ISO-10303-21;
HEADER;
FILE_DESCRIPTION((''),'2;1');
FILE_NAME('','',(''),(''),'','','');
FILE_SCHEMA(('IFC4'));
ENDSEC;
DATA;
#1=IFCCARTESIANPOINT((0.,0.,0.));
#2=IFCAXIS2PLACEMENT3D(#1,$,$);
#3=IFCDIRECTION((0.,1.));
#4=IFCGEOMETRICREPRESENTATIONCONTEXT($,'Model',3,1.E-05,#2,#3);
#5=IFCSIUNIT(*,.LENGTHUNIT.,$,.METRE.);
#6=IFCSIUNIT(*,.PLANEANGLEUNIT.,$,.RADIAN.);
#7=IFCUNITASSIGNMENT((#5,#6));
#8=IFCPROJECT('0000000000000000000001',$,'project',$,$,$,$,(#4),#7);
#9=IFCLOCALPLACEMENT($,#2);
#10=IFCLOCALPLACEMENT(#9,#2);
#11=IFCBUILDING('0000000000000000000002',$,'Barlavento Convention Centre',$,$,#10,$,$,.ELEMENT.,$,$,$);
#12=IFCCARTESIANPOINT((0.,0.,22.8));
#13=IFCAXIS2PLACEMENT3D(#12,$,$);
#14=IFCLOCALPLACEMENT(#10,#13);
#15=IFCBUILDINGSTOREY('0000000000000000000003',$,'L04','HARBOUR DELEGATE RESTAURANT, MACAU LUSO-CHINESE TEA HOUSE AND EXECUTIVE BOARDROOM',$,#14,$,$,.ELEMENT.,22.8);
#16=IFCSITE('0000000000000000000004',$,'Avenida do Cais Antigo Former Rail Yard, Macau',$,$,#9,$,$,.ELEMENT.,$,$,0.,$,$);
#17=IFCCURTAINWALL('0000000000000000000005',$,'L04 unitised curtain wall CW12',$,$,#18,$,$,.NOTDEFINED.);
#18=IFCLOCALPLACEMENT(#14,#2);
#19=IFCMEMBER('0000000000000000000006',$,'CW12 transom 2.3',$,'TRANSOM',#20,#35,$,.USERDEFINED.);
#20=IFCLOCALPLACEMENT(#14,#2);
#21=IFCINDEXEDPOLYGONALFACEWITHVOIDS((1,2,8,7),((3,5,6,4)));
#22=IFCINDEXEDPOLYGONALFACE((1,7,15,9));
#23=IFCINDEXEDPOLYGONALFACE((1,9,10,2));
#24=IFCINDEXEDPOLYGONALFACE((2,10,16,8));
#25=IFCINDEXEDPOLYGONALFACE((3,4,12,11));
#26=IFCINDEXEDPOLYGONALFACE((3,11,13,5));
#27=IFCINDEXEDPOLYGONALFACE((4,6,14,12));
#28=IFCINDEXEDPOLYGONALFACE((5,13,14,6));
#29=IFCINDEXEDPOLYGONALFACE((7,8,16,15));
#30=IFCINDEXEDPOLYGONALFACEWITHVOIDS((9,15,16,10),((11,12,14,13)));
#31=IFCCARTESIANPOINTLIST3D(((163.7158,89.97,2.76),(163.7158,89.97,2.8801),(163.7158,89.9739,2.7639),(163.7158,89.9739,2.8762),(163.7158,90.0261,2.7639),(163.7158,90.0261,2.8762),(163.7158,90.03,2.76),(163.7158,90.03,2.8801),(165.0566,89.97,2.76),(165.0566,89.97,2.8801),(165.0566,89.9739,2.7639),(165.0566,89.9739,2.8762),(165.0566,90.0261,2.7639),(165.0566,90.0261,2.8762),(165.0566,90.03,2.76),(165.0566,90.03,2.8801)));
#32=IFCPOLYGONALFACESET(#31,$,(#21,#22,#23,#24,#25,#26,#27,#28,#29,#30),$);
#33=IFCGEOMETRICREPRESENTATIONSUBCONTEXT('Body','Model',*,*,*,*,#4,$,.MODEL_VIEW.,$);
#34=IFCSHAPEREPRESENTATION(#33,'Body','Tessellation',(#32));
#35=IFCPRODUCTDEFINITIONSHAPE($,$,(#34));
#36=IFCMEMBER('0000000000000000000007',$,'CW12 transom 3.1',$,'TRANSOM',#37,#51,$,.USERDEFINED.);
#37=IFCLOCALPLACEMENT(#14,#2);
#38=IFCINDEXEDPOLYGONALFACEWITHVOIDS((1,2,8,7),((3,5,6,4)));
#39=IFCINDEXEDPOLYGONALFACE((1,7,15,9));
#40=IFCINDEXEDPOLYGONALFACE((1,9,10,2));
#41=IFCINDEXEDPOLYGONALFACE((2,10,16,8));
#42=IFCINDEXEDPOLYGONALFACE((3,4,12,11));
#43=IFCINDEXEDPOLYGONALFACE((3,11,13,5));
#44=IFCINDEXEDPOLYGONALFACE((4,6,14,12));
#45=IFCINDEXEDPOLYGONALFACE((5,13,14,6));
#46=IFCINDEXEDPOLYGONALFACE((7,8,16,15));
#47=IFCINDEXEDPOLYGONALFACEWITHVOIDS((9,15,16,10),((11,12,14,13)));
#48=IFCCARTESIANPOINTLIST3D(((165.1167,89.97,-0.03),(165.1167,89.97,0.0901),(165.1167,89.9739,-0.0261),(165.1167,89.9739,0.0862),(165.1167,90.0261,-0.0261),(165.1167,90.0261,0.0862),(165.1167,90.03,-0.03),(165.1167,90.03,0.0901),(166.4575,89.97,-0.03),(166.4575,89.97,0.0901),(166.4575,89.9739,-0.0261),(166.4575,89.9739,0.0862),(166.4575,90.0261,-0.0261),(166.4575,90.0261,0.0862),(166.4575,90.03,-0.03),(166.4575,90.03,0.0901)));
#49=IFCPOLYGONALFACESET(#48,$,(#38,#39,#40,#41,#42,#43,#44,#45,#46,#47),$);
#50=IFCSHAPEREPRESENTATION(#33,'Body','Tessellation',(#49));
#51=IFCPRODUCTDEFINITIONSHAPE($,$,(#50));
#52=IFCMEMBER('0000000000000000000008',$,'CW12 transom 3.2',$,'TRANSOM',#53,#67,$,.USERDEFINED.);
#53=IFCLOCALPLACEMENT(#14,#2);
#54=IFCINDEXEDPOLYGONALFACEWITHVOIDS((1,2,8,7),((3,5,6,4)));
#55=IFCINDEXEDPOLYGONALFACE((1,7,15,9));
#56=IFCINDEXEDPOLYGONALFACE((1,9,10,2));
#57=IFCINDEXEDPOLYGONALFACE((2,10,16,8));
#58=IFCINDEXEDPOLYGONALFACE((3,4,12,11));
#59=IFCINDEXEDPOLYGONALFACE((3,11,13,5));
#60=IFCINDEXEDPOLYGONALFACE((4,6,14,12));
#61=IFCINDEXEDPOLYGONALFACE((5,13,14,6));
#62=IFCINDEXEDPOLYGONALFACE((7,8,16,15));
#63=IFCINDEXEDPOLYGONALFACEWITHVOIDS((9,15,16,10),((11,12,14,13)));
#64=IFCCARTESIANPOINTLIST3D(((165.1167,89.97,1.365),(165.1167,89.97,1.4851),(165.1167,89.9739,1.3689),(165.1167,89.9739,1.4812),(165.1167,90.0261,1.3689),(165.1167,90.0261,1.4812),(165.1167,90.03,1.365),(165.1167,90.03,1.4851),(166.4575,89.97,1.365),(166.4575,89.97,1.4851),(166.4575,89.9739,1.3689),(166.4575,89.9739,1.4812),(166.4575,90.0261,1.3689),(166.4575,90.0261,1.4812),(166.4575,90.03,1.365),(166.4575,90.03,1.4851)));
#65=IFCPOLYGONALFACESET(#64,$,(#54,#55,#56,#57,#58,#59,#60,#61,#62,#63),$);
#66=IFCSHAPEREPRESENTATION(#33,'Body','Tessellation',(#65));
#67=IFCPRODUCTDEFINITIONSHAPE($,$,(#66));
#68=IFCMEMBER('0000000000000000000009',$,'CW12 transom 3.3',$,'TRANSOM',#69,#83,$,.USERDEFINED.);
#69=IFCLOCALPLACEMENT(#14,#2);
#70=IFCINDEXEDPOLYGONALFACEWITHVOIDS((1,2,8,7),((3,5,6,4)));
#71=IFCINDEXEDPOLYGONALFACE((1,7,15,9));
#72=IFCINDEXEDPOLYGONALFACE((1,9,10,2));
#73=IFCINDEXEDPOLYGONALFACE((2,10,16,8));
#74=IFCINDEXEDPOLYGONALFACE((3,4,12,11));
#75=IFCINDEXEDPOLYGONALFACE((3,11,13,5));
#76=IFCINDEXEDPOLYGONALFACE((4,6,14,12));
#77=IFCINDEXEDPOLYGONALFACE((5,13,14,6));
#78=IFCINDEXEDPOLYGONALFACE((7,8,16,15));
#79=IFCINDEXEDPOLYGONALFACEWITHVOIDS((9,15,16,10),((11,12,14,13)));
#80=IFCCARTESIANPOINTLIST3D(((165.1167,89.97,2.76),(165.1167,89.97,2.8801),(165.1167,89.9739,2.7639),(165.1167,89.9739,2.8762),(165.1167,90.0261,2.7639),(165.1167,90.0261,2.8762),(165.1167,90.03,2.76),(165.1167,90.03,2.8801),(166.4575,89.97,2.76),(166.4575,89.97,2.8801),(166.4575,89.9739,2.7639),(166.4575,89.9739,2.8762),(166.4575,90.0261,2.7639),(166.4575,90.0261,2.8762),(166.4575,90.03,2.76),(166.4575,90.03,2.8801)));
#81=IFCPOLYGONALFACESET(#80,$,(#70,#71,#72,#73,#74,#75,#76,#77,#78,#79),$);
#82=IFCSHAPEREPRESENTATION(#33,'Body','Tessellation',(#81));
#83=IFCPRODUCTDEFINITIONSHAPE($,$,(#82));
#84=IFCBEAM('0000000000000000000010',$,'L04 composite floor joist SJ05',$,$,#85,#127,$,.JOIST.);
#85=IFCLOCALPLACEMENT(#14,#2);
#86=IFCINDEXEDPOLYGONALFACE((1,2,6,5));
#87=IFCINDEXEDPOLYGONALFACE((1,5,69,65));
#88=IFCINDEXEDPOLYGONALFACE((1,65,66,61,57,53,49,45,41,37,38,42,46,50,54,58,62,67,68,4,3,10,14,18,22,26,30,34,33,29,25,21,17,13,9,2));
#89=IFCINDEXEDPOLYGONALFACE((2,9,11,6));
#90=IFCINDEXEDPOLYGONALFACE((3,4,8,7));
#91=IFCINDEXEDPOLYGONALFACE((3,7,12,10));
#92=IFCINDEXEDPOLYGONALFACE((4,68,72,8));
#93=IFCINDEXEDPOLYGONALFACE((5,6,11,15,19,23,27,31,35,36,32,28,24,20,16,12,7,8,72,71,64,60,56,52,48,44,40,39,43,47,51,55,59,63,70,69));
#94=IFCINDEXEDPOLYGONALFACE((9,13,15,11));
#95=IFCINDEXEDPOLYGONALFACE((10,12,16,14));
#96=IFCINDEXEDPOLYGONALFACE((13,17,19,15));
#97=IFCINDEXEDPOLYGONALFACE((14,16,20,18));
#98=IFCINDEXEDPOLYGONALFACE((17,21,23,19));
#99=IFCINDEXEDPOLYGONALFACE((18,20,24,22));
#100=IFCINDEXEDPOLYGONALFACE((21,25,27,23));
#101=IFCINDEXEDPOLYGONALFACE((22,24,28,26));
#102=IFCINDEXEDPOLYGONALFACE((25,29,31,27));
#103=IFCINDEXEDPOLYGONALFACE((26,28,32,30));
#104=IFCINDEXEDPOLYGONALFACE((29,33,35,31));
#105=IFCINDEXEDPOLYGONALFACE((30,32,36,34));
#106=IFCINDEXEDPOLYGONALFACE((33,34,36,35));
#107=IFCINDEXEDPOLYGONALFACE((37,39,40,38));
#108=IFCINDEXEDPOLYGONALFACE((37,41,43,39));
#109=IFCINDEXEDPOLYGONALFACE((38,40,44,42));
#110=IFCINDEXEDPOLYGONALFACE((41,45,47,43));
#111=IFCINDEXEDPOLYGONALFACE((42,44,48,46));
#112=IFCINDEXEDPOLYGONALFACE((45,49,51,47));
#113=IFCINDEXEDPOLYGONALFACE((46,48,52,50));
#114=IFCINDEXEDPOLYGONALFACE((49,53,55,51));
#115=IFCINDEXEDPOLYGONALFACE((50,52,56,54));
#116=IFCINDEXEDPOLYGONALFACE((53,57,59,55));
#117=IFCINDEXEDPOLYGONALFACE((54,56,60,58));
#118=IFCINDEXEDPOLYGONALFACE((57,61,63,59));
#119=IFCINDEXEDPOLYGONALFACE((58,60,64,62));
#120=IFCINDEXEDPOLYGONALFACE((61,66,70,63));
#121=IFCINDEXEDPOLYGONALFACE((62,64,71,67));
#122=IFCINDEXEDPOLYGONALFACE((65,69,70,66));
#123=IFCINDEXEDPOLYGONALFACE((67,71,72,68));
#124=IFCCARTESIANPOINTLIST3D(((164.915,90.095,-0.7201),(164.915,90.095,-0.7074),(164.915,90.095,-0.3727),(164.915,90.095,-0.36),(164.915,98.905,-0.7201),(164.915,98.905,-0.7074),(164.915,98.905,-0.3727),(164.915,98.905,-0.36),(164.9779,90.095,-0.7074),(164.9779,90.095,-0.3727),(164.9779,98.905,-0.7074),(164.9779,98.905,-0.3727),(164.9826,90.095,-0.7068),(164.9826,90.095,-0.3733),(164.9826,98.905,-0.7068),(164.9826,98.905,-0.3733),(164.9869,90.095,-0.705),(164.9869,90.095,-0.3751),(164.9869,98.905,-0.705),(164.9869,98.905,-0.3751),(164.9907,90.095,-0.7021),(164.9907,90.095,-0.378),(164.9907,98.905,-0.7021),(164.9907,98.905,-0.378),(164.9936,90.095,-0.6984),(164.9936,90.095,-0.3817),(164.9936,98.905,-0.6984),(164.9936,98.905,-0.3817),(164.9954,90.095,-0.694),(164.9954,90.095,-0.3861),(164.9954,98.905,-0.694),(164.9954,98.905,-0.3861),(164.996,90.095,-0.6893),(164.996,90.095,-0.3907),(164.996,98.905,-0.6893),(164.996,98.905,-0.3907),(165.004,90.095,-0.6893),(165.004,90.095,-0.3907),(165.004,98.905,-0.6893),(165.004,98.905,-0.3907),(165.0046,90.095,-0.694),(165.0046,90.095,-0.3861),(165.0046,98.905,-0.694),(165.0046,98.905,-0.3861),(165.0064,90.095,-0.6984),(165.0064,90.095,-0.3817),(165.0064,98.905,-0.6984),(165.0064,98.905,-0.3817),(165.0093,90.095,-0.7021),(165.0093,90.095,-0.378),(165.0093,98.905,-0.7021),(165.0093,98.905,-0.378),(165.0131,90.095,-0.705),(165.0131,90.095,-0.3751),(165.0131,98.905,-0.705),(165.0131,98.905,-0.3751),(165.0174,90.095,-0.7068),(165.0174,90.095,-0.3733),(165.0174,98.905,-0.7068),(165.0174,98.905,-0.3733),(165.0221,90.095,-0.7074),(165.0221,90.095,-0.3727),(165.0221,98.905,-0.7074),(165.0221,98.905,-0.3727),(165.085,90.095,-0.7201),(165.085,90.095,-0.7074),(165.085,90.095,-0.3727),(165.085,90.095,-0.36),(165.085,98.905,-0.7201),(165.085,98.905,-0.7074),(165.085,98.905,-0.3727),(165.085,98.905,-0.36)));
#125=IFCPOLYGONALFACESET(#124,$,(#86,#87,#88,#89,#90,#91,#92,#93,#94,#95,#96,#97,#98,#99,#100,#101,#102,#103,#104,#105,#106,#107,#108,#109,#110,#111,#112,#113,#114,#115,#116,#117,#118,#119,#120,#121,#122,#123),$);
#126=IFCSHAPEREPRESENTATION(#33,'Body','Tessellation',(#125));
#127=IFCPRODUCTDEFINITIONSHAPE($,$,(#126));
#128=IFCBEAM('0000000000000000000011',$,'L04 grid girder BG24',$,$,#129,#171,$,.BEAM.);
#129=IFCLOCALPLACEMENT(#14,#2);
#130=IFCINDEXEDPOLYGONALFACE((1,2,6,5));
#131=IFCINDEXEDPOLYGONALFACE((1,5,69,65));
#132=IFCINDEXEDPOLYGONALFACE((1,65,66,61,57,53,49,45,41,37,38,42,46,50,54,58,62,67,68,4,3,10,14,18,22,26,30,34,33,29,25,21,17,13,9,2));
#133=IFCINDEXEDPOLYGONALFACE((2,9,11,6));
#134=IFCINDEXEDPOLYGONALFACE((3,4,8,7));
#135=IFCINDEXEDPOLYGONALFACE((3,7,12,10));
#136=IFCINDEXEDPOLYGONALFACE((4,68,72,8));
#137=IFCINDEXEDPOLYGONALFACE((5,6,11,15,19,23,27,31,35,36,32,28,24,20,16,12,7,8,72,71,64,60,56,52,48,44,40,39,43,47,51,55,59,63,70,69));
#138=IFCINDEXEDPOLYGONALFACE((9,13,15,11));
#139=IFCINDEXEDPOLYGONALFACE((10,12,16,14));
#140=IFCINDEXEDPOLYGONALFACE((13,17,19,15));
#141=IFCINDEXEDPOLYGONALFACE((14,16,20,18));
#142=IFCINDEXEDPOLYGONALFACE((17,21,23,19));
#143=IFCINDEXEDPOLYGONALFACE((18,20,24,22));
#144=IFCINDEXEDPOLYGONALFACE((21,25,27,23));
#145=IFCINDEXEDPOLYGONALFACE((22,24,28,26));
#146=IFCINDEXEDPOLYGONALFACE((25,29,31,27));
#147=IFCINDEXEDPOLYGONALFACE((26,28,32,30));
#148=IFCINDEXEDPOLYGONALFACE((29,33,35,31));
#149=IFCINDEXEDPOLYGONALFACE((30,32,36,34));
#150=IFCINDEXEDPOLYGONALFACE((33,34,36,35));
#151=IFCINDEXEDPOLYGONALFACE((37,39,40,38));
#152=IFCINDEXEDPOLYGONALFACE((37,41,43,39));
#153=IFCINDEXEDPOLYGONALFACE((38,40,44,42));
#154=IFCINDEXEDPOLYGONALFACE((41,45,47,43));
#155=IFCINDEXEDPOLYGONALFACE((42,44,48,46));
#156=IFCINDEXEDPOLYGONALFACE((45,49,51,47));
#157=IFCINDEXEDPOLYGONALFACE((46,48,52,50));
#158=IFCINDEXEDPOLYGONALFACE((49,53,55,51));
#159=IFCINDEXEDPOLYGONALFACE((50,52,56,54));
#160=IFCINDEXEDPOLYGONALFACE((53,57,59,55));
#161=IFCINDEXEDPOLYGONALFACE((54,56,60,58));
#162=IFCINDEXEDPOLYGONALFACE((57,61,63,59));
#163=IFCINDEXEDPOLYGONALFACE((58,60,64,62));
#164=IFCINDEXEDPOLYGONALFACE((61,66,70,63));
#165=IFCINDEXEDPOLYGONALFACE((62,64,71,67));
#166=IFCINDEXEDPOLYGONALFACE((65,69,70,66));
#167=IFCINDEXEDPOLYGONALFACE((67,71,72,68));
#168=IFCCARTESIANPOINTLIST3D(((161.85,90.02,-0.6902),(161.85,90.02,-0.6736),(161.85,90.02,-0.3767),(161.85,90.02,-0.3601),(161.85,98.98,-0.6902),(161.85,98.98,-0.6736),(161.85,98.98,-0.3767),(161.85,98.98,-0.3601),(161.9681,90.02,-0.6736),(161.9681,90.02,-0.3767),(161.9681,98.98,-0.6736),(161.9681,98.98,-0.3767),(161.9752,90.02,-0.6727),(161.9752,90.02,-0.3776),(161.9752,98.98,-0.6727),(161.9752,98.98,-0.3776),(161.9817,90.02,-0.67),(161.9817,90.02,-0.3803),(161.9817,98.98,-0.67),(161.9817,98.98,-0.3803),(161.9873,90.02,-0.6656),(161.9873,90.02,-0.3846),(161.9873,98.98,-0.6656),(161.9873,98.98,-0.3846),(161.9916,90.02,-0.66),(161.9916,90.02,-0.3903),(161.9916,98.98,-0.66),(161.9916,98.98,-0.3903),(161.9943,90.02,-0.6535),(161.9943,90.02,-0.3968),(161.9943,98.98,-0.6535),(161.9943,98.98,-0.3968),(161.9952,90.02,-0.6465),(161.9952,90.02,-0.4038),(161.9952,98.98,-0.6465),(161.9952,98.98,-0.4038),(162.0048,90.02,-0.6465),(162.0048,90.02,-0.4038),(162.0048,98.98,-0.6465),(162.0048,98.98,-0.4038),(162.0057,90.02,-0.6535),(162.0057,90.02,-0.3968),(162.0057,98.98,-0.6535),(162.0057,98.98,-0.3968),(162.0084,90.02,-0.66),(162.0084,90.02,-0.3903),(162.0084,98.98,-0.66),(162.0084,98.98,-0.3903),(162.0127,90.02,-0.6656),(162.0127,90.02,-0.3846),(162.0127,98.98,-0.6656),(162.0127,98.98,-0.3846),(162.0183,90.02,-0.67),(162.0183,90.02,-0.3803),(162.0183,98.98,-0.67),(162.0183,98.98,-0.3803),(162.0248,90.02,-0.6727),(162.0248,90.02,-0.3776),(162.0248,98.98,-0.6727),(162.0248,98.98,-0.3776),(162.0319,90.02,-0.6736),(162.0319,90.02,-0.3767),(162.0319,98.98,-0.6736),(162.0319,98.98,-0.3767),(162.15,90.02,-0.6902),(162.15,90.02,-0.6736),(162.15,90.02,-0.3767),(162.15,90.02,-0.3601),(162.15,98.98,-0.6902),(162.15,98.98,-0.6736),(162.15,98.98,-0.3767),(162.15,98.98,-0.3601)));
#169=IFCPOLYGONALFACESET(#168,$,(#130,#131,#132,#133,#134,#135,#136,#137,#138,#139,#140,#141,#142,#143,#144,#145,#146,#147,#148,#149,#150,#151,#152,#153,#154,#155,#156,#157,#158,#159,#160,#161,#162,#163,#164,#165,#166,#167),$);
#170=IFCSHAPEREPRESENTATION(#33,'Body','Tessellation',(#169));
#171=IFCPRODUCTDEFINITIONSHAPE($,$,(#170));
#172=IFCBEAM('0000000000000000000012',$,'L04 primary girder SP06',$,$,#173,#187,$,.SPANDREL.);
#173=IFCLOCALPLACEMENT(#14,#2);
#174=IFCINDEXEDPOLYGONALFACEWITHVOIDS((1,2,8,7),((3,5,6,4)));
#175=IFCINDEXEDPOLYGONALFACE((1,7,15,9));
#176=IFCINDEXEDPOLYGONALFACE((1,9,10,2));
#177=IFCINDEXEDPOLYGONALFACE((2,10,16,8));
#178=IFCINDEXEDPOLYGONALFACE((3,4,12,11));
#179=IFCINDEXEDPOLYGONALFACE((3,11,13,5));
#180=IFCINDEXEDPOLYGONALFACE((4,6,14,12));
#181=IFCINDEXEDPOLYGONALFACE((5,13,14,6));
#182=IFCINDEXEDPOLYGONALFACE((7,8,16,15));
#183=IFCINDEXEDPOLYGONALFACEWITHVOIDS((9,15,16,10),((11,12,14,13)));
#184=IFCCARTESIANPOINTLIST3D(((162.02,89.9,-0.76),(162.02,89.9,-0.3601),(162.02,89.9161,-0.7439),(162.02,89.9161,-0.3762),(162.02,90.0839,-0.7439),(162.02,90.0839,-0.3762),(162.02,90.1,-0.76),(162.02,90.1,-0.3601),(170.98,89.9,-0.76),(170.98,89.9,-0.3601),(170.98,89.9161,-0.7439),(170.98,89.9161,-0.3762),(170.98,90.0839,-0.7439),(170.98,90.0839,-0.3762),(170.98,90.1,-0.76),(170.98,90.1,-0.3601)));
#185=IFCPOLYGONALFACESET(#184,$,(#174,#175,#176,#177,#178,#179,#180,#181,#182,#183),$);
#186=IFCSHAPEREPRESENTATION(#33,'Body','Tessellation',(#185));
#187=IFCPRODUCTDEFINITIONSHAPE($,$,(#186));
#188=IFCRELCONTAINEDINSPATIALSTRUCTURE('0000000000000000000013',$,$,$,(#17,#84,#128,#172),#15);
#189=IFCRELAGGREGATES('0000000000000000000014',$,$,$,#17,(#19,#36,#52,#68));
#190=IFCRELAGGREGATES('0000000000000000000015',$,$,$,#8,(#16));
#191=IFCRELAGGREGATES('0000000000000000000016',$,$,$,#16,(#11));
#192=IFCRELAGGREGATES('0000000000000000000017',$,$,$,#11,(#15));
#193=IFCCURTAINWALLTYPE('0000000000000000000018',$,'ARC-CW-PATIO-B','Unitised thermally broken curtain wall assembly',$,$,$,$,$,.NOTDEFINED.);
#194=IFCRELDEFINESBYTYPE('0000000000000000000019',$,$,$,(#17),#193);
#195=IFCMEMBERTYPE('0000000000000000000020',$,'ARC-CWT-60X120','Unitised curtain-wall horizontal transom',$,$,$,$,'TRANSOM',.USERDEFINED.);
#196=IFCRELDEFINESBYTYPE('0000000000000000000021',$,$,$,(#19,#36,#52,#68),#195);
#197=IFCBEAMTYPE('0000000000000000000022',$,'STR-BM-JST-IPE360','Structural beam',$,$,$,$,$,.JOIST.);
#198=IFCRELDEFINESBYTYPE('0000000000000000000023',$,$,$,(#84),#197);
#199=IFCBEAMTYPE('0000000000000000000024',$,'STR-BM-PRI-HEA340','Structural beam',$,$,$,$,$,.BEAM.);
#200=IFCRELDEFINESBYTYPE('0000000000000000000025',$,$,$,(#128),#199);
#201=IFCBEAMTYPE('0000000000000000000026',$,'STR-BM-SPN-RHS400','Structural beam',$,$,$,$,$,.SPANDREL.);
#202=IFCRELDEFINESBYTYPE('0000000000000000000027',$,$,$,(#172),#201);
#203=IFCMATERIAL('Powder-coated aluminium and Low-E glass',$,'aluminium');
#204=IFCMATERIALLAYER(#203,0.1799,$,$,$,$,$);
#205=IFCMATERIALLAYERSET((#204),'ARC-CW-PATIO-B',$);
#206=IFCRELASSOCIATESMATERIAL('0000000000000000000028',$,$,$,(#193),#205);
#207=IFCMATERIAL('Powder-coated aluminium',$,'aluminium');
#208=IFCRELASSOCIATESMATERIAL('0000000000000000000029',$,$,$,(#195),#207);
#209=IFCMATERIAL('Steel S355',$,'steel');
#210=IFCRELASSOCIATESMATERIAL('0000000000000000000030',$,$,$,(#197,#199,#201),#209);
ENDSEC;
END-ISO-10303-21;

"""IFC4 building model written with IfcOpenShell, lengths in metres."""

from ifc_helpers import new_model, si_unit, direction, frame, origin, origin_2d, place, context, subcontext, project, spatial, hollow_rectangle, i_section, extrude, material, layer, layer_set, material_profile, profile_set, type_object, element, aggregate, save


model = new_model("IFC4")

# Units and contexts
model_context = context("Model", 3, precision=1e-05, world=origin(), true_north=direction((0.0, 1.0)))
body_context = subcontext(model_context, "Body", "Model", "MODEL_VIEW")
ifc_project = project(units=[si_unit("LENGTHUNIT", "METRE"), si_unit("PLANEANGLEUNIT", "RADIAN")], contexts=[model_context])

# Site, building, storey
site_placement = place(None, origin())
site = spatial("IfcSite", under=ifc_project, at=site_placement, Name="Avenida do Cais Antigo Former Rail Yard, Macau", CompositionType="ELEMENT", RefElevation=0.0)
building_placement = place(site_placement, origin())
building = spatial("IfcBuilding", under=site, at=building_placement, Name="Barlavento Convention Centre", CompositionType="ELEMENT")
storey_placement = place(building_placement, frame((0.0, 0.0, 22.8)))
storey = spatial("IfcBuildingStorey", under=building, at=storey_placement, Name="L04", Description="HARBOUR DELEGATE RESTAURANT, MACAU LUSO-CHINESE TEA HOUSE AND EXECUTIVE BOARDROOM", CompositionType="ELEMENT", Elevation=22.8)

# Shared definitions
ifc_material_1 = material(Name="Steel S355", Category="steel")

# Curtain wall, members
ifc_material_2 = material(Name="Powder-coated aluminium and Low-E glass", Category="aluminium")
ifc_layer_1 = layer(ifc_material_2, 0.1799)
ifc_layer_set_1 = layer_set([ifc_layer_1], Name="ARC-CW-PATIO-B")
curtain_wall_type = type_object("IfcCurtainWallType", Name="ARC-CW-PATIO-B", Description="Unitised thermally broken curtain wall assembly", PredefinedType="NOTDEFINED", material=ifc_layer_set_1)
curtain_wall_placement = place(storey_placement, origin())
curtain_wall = element("IfcCurtainWall", 1, at=curtain_wall_placement, inside=storey, type_object=curtain_wall_type, Name="L04 unitised curtain wall CW12", PredefinedType="NOTDEFINED")
ifc_material_3 = material(Name="Powder-coated aluminium", Category="aluminium")
ifc_material_profile_1 = material_profile(ifc_material_3, hollow_rectangle(XDim=0.0601, YDim=0.1201, WallThickness=0.0039, at=origin_2d()), Name="AL-TRAN 60x120x4")
ifc_profile_set_1 = profile_set([ifc_material_profile_1], Name="Powder-coated aluminium")
member_type_1 = type_object("IfcMemberType", Name="ARC-CWT-60X120", Description="Unitised curtain-wall horizontal transom", ElementType="TRANSOM", PredefinedType="USERDEFINED", material=ifc_profile_set_1)
member_1_placement = place(storey_placement, frame((163.7158, 90.0, 2.8201), z_axis=(1.0, 0.0, 0.0), x_axis=(0.0, 1.0, 0.0)))
member_1 = element("IfcMember", 2, at=member_1_placement, type_object=member_type_1, Name="CW12 transom 2.3", ObjectType="TRANSOM", PredefinedType="USERDEFINED", context=body_context, shape_type="SweptSolid", body=[
    extrude(hollow_rectangle(XDim=0.0601, YDim=0.1201, WallThickness=0.0039, at=origin_2d()), origin(), (0.0, 0.0, 1.0), 1.3408),
])
member_2_placement = place(storey_placement, frame((165.1167, 90.0, 0.03), z_axis=(1.0, 0.0, 0.0), x_axis=(0.0, 1.0, 0.0)))
member_2 = element("IfcMember", 3, at=member_2_placement, type_object=member_type_1, Name="CW12 transom 3.1", ObjectType="TRANSOM", PredefinedType="USERDEFINED", context=body_context, shape_type="SweptSolid", body=[
    extrude(hollow_rectangle(XDim=0.0601, YDim=0.1201, WallThickness=0.0039, at=origin_2d()), origin(), (0.0, 0.0, 1.0), 1.3408),
])
member_3_placement = place(storey_placement, frame((165.1167, 90.0, 1.425), z_axis=(1.0, 0.0, 0.0), x_axis=(0.0, 1.0, 0.0)))
member_3 = element("IfcMember", 4, at=member_3_placement, type_object=member_type_1, Name="CW12 transom 3.2", ObjectType="TRANSOM", PredefinedType="USERDEFINED", context=body_context, shape_type="SweptSolid", body=[
    extrude(hollow_rectangle(XDim=0.0601, YDim=0.1201, WallThickness=0.0039, at=origin_2d()), origin(), (0.0, 0.0, 1.0), 1.3408),
])
member_4_placement = place(storey_placement, frame((165.1167, 90.0, 2.8201), z_axis=(1.0, 0.0, 0.0), x_axis=(0.0, 1.0, 0.0)))
member_4 = element("IfcMember", 5, at=member_4_placement, type_object=member_type_1, Name="CW12 transom 3.3", ObjectType="TRANSOM", PredefinedType="USERDEFINED", context=body_context, shape_type="SweptSolid", body=[
    extrude(hollow_rectangle(XDim=0.0601, YDim=0.1201, WallThickness=0.0039, at=origin_2d()), origin(), (0.0, 0.0, 1.0), 1.3408),
])

# Beams
ifc_material_profile_2 = material_profile(ifc_material_1, i_section(OverallWidth=0.1699, OverallDepth=0.3601, WebThickness=0.0081, FlangeThickness=0.0127, FilletRadius=0.0181, at=origin_2d()), Name="IPE 360")
ifc_profile_set_2 = profile_set([ifc_material_profile_2], Name="Steel S355")
beam_type_1 = type_object("IfcBeamType", Name="STR-BM-JST-IPE360", Description="Structural beam", PredefinedType="JOIST", material=ifc_profile_set_2)
beam_1_placement = place(storey_placement, frame((165.0, 90.095, -0.54), z_axis=(0.0, 1.0, 0.0), x_axis=(-1.0, 0.0, 0.0)))
element("IfcBeam", 6, at=beam_1_placement, inside=storey, type_object=beam_type_1, Name="L04 composite floor joist SJ05", PredefinedType="JOIST", context=body_context, shape_type="SweptSolid", body=[
    extrude(i_section(OverallWidth=0.1699, OverallDepth=0.3601, WebThickness=0.0081, FlangeThickness=0.0127, FilletRadius=0.0181, at=origin_2d()), origin(), (0.0, 0.0, 1.0), 8.8101),
])
ifc_material_profile_3 = material_profile(ifc_material_1, i_section(OverallWidth=0.3, OverallDepth=0.3301, WebThickness=0.0095, FlangeThickness=0.0166, FilletRadius=0.0271, at=origin_2d()), Name="HEA 340")
ifc_profile_set_3 = profile_set([ifc_material_profile_3], Name="Steel S355")
beam_type_2 = type_object("IfcBeamType", Name="STR-BM-PRI-HEA340", Description="Structural beam", PredefinedType="BEAM", material=ifc_profile_set_3)
beam_2_placement = place(storey_placement, frame((162.0, 90.02, -0.5251), z_axis=(0.0, 1.0, 0.0), x_axis=(-1.0, 0.0, 0.0)))
element("IfcBeam", 7, at=beam_2_placement, inside=storey, type_object=beam_type_2, Name="L04 grid girder BG24", PredefinedType="BEAM", context=body_context, shape_type="SweptSolid", body=[
    extrude(i_section(OverallWidth=0.3, OverallDepth=0.3301, WebThickness=0.0095, FlangeThickness=0.0166, FilletRadius=0.0271, at=origin_2d()), origin(), (0.0, 0.0, 1.0), 8.96),
])
ifc_material_profile_4 = material_profile(ifc_material_1, hollow_rectangle(XDim=0.2, YDim=0.3999, WallThickness=0.0161, at=origin_2d()), Name="RHS 400x200x16.0")
ifc_profile_set_4 = profile_set([ifc_material_profile_4], Name="Steel S355")
beam_type_3 = type_object("IfcBeamType", Name="STR-BM-SPN-RHS400", Description="Structural beam", PredefinedType="SPANDREL", material=ifc_profile_set_4)
beam_3_placement = place(storey_placement, frame((162.02, 90.0, -0.5601), z_axis=(1.0, 0.0, 0.0), x_axis=(0.0, 1.0, 0.0)))
element("IfcBeam", 8, at=beam_3_placement, inside=storey, type_object=beam_type_3, Name="L04 primary girder SP06", PredefinedType="SPANDREL", context=body_context, shape_type="SweptSolid", body=[
    extrude(hollow_rectangle(XDim=0.2, YDim=0.3999, WallThickness=0.0161, at=origin_2d()), origin(), (0.0, 0.0, 1.0), 8.96),
])

aggregate(curtain_wall, [member_1, member_2, member_3, member_4])

save(model, "model.ifc")
